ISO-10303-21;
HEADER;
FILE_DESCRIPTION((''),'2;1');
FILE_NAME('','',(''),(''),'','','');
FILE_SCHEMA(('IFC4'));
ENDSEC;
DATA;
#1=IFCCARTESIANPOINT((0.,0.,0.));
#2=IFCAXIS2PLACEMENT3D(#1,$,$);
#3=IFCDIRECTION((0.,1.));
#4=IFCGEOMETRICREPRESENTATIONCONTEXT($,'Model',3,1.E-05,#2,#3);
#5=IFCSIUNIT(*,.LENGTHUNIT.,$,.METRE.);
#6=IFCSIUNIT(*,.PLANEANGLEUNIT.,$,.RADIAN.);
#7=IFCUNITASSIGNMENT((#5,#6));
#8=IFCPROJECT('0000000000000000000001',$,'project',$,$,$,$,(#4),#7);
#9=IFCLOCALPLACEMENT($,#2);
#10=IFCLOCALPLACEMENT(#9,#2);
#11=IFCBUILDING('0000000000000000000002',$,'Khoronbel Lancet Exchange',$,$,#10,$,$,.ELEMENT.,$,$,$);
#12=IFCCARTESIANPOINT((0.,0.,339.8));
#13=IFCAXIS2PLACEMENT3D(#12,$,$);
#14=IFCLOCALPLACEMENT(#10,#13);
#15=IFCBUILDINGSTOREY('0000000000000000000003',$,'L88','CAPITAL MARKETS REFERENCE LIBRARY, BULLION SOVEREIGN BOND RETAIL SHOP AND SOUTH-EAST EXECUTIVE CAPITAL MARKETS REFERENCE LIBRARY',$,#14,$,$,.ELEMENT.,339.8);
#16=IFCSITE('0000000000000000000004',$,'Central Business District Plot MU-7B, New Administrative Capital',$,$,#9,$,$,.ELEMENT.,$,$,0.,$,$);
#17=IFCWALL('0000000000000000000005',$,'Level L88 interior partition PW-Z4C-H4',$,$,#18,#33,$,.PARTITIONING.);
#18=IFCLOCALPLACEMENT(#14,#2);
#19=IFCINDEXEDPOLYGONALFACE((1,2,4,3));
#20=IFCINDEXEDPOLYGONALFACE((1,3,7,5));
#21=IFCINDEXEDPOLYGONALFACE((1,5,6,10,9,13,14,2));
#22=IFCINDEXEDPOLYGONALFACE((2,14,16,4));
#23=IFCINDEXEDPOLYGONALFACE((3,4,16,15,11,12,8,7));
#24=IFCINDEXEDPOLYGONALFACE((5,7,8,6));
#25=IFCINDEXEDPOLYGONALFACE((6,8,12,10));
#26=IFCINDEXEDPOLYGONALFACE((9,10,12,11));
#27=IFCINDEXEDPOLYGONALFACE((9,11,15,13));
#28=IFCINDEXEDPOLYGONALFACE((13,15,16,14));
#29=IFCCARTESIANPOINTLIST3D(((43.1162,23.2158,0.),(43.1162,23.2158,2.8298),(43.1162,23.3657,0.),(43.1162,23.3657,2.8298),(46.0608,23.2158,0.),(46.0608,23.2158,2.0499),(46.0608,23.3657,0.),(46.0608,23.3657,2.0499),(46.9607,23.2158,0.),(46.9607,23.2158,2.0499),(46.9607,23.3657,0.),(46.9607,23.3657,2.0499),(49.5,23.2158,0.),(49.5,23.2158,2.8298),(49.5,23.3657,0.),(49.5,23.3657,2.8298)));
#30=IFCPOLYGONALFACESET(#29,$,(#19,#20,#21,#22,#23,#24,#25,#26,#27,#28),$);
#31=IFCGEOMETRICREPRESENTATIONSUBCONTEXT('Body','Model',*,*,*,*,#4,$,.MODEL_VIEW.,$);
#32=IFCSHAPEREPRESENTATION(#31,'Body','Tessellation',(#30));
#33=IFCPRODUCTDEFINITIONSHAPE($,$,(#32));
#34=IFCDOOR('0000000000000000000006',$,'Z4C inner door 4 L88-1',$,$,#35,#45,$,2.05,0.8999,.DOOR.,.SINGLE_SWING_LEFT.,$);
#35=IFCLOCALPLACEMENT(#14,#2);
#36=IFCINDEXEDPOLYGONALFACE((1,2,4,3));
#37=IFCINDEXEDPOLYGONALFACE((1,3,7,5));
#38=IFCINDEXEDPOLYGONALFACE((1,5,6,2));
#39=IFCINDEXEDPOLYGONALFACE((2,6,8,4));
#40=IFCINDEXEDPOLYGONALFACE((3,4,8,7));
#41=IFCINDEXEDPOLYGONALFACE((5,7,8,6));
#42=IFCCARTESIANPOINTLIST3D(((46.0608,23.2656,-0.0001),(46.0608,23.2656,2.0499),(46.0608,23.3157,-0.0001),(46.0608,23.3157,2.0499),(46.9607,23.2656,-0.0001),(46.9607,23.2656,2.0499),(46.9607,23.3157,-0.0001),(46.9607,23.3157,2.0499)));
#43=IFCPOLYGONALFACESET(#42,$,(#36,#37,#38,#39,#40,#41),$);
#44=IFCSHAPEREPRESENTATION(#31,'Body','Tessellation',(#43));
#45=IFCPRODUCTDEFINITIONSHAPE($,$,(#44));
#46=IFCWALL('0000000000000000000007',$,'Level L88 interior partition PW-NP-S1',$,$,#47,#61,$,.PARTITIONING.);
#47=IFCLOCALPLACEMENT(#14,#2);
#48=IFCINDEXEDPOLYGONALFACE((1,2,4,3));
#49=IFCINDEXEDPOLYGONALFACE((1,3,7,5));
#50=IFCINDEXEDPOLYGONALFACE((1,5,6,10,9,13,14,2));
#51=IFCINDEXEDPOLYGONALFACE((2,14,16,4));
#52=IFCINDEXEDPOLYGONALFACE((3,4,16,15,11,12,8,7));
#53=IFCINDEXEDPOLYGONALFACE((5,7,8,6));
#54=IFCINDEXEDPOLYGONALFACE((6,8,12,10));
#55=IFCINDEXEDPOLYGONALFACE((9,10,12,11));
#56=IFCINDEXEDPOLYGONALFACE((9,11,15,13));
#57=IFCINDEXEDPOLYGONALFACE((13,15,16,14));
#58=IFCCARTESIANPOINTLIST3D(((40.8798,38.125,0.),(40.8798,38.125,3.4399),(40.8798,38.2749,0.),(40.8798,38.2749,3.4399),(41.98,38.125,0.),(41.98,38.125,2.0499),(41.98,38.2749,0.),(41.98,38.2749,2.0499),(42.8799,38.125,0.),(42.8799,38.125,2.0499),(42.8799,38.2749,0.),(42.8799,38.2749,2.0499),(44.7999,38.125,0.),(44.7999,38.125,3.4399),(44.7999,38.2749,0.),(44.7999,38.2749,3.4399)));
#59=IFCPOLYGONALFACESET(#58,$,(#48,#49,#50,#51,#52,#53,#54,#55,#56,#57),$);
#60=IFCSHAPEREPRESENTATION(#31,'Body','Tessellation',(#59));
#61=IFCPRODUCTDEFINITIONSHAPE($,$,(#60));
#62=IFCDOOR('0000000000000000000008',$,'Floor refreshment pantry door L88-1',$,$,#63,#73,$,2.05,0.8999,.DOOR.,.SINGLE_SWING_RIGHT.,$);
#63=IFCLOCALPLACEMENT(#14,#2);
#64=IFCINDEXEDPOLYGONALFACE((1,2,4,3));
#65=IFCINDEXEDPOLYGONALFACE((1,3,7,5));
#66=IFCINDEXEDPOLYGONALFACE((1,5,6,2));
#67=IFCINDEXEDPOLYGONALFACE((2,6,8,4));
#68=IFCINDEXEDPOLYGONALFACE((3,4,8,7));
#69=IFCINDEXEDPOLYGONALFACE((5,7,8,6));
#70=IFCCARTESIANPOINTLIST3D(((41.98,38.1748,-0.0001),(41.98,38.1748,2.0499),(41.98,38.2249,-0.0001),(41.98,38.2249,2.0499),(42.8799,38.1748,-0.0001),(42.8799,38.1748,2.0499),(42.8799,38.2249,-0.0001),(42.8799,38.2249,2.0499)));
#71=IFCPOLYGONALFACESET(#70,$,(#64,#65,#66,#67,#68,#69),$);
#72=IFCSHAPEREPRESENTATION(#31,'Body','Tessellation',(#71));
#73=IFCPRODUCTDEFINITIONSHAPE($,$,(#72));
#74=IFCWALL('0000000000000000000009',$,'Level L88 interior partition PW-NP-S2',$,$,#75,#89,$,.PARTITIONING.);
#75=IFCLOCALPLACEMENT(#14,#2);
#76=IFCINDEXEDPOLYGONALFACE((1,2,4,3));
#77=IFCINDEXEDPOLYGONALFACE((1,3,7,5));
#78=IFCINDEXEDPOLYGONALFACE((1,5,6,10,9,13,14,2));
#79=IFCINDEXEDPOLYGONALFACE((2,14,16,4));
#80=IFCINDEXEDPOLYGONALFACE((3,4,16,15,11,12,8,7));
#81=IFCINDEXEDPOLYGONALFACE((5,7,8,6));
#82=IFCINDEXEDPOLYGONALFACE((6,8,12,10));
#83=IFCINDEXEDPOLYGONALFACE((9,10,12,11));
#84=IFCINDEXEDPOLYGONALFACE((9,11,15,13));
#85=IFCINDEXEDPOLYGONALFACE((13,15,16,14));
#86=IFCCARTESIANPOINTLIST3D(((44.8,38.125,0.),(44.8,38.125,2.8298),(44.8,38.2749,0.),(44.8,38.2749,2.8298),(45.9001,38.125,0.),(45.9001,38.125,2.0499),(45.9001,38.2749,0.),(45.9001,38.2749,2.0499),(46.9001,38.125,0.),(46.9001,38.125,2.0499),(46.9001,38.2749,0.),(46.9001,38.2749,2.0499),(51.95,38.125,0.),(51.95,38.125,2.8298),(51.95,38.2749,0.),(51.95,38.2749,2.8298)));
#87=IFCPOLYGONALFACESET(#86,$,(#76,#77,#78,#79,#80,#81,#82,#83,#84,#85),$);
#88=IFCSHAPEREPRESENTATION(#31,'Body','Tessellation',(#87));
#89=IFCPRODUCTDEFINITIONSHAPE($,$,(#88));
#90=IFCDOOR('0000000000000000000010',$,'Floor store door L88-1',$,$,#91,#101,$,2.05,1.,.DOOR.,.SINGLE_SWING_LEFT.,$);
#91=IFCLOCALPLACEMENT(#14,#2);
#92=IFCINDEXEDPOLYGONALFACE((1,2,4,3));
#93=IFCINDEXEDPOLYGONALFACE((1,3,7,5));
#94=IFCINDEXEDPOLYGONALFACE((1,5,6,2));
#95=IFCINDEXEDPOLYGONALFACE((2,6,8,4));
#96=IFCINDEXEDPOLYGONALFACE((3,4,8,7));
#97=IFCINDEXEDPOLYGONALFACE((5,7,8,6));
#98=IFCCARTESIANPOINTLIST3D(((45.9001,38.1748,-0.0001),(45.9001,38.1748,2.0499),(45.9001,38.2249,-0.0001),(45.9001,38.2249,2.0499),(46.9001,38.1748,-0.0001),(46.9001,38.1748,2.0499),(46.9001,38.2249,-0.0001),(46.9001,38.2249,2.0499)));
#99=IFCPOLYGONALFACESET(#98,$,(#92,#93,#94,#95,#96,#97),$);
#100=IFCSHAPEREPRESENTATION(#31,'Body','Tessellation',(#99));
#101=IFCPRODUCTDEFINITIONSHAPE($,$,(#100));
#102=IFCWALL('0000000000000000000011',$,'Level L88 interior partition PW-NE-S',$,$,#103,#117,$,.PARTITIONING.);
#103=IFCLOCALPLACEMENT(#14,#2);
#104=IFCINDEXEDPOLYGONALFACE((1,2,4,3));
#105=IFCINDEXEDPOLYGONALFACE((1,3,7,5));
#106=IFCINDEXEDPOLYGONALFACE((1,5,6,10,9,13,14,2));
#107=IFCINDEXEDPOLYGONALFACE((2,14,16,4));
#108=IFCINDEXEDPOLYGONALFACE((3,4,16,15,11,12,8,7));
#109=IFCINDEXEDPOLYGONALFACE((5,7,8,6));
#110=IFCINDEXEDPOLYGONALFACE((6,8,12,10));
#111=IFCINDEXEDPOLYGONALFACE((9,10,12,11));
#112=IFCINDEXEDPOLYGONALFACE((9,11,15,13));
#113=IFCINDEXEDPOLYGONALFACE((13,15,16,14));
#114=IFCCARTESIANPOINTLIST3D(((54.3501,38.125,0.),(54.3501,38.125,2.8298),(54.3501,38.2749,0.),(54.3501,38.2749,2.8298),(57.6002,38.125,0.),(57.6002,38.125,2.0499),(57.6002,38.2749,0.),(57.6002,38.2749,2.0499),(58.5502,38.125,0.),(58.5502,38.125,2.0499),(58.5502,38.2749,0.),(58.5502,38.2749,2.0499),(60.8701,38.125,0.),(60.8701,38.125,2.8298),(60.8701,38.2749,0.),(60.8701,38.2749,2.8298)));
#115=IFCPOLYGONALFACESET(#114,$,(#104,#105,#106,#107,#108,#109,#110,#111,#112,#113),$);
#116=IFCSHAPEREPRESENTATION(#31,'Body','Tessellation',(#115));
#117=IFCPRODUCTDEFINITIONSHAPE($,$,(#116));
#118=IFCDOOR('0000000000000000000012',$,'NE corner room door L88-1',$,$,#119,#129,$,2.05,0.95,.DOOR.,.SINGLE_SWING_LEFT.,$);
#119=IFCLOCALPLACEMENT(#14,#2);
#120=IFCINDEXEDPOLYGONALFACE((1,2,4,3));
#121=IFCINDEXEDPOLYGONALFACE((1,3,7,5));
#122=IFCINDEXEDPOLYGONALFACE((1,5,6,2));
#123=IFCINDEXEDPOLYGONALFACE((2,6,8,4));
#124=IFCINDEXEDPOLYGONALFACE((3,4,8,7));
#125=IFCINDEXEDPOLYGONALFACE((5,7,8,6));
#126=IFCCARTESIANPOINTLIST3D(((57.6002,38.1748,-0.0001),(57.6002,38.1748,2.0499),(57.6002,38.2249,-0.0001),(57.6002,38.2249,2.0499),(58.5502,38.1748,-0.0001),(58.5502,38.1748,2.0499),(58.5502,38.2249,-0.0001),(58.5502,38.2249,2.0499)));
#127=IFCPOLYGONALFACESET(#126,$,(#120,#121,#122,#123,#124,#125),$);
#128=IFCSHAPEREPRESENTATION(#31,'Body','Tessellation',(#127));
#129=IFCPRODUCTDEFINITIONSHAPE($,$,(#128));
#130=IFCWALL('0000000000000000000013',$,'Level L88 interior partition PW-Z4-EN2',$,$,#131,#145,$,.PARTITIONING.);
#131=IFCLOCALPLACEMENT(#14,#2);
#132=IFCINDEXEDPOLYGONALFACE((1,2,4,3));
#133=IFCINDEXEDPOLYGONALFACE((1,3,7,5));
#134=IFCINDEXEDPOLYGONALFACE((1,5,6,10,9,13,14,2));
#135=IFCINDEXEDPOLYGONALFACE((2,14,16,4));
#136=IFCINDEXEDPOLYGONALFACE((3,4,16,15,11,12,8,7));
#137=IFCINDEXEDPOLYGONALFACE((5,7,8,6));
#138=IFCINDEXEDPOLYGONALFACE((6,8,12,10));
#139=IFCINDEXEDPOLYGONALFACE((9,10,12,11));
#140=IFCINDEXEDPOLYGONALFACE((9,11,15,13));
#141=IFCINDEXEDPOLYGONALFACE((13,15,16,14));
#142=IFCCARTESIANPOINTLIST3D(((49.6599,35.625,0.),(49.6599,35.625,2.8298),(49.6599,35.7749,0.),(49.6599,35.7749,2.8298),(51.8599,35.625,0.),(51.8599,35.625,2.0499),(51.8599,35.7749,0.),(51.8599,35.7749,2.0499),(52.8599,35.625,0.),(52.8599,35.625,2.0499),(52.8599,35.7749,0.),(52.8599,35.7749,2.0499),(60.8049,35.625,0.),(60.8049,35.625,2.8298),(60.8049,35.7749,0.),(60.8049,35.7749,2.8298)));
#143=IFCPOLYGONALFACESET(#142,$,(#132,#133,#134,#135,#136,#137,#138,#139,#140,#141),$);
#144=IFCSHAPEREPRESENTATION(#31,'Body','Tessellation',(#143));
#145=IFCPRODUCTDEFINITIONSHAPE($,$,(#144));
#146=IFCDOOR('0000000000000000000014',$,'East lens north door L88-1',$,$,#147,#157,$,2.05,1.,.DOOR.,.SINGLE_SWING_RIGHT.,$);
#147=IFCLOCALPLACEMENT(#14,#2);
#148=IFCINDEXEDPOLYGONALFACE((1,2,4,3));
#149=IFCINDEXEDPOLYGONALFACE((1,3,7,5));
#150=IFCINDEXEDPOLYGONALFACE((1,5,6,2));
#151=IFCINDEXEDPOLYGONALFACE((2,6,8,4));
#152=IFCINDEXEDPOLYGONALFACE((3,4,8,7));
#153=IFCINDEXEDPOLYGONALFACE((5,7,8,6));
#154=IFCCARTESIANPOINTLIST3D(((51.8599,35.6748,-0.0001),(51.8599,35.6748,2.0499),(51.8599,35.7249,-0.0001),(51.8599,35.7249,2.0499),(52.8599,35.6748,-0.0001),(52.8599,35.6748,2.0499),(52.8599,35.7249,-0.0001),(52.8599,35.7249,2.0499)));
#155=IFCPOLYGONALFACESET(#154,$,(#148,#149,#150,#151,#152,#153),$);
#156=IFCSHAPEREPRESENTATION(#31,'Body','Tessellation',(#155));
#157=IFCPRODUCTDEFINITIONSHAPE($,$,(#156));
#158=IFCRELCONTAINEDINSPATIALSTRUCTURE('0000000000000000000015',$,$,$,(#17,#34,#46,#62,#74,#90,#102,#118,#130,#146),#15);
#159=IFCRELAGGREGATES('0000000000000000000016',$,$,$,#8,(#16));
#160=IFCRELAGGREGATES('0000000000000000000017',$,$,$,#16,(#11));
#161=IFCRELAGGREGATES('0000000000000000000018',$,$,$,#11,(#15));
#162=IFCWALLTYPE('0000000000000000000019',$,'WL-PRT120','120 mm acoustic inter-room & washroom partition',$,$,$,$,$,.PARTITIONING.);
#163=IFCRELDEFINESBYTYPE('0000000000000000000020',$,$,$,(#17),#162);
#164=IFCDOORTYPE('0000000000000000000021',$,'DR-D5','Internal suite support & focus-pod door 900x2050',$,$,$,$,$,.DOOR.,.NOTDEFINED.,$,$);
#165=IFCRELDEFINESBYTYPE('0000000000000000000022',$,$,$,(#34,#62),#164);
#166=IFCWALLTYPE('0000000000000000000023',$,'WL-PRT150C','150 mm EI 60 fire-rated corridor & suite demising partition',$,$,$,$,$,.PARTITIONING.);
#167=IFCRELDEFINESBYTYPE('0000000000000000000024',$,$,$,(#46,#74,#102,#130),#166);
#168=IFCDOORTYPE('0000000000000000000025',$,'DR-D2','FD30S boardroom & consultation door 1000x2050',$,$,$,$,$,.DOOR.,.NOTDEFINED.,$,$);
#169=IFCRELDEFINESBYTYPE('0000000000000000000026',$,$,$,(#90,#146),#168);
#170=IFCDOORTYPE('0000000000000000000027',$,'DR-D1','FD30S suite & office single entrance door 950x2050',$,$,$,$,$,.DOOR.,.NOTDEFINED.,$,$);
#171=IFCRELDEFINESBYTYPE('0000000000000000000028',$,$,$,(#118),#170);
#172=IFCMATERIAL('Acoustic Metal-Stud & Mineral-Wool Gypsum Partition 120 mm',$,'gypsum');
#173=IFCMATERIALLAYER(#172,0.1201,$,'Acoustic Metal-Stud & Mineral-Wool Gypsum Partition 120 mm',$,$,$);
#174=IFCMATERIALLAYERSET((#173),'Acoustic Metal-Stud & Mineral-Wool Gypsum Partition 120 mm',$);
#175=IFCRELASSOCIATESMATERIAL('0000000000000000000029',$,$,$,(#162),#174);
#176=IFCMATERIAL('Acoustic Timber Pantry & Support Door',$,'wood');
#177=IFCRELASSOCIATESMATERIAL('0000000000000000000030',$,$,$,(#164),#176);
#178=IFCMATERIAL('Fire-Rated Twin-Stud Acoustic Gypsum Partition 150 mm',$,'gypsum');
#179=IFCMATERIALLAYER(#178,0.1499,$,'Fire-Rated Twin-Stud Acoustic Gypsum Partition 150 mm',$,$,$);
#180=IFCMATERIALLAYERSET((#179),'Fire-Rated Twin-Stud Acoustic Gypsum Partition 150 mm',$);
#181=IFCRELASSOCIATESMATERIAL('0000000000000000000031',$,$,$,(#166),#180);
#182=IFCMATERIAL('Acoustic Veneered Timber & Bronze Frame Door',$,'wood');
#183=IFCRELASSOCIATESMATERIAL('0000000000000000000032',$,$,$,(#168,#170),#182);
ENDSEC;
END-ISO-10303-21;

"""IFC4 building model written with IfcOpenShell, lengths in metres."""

from ifc_helpers import new_model, si_unit, direction, frame, frame_2d, origin, place, context, subcontext, project, spatial, rectangle, extrude, material, layer, layer_set, type_object, element, fill, save


model = new_model("IFC4")

# Units and contexts
model_context = context("Model", 3, precision=1e-05, world=origin(), true_north=direction((0.0, 1.0)))
body_context = subcontext(model_context, "Body", "Model", "MODEL_VIEW")
ifc_project = project(units=[si_unit("LENGTHUNIT", "METRE"), si_unit("PLANEANGLEUNIT", "RADIAN")], contexts=[model_context])

# Site, building, storey
site_placement = place(None, origin())
site = spatial("IfcSite", under=ifc_project, at=site_placement, Name="Central Business District Plot MU-7B, New Administrative Capital", CompositionType="ELEMENT", RefElevation=0.0)
building_placement = place(site_placement, origin())
building = spatial("IfcBuilding", under=site, at=building_placement, Name="Khoronbel Lancet Exchange", CompositionType="ELEMENT")
storey_placement = place(building_placement, frame((0.0, 0.0, 339.8)))
storey = spatial("IfcBuildingStorey", under=building, at=storey_placement, Name="L88", Description="CAPITAL MARKETS REFERENCE LIBRARY, BULLION SOVEREIGN BOND RETAIL SHOP AND SOUTH-EAST EXECUTIVE CAPITAL MARKETS REFERENCE LIBRARY", CompositionType="ELEMENT", Elevation=339.8)

# Walls, openings, doors
ifc_material_1 = material(Name="Acoustic Metal-Stud & Mineral-Wool Gypsum Partition 120 mm", Category="gypsum")
ifc_layer_1 = layer(ifc_material_1, 0.1201, Name="Acoustic Metal-Stud & Mineral-Wool Gypsum Partition 120 mm")
ifc_layer_set_1 = layer_set([ifc_layer_1], Name="Acoustic Metal-Stud & Mineral-Wool Gypsum Partition 120 mm")
wall_type_1 = type_object("IfcWallType", Name="WL-PRT120", Description="120 mm acoustic inter-room & washroom partition", PredefinedType="PARTITIONING", material=ifc_layer_set_1)
ifc_material_2 = material(Name="Acoustic Timber Pantry & Support Door", Category="wood")
door_type_1 = type_object("IfcDoorType", Name="DR-D5", Description="Internal suite support & focus-pod door 900x2050", OperationType="NOTDEFINED", PredefinedType="DOOR", material=ifc_material_2)
wall_1_placement = place(storey_placement, frame((43.1162, 23.2908, 0.0), z_axis=(0.0, 0.0, 1.0), x_axis=(1.0, 0.0, 0.0)))
wall_1 = element("IfcWall", 1, at=wall_1_placement, inside=storey, type_object=wall_type_1, Name="Level L88 interior partition PW-Z4C-H4", PredefinedType="PARTITIONING", context=body_context, shape_type="SweptSolid", body=[
    extrude(rectangle(XDim=6.3838, YDim=0.1499, at=frame_2d((3.1919, 0.0))), origin(), (0.0, 0.0, 1.0), 2.8298),
])
opening_1_placement = place(wall_1_placement, frame((2.9446, 0.0, 0.0)))
opening_1 = element("IfcOpeningElement", 2, at=opening_1_placement, cuts=wall_1, PredefinedType="OPENING", context=body_context, shape_type="SweptSolid", body=[
    extrude(rectangle(XDim=0.8999, YDim=2.05, at=frame_2d((0.45, 1.0249))), frame((0.0, 0.085, 0.0), z_axis=(0.0, -1.0, 0.0), x_axis=(1.0, 0.0, 0.0)), (0.0, 0.0, 1.0), 0.1699),
])
door_1_placement = place(opening_1_placement, origin())
door_1 = element("IfcDoor", 3, at=door_1_placement, inside=storey, type_object=door_type_1, Name="Z4C inner door 4 L88-1", OperationType="SINGLE_SWING_LEFT", OverallHeight=2.05, OverallWidth=0.8999, PredefinedType="DOOR", context=body_context, shape_type="SweptSolid", body=[
    extrude(rectangle(XDim=0.8999, YDim=2.05, at=frame_2d((0.45, 1.0249))), frame((0.0, 0.0249, 0.0), z_axis=(0.0, -1.0, 0.0), x_axis=(1.0, 0.0, 0.0)), (0.0, 0.0, 1.0), 0.05),
])
fill(opening_1, door_1)
ifc_material_3 = material(Name="Fire-Rated Twin-Stud Acoustic Gypsum Partition 150 mm", Category="gypsum")
ifc_layer_2 = layer(ifc_material_3, 0.1499, Name="Fire-Rated Twin-Stud Acoustic Gypsum Partition 150 mm")
ifc_layer_set_2 = layer_set([ifc_layer_2], Name="Fire-Rated Twin-Stud Acoustic Gypsum Partition 150 mm")
wall_type_2 = type_object("IfcWallType", Name="WL-PRT150C", Description="150 mm EI 60 fire-rated corridor & suite demising partition", PredefinedType="PARTITIONING", material=ifc_layer_set_2)
wall_2_placement = place(storey_placement, frame((40.8799, 38.2, 0.0), z_axis=(0.0, 0.0, 1.0), x_axis=(1.0, 0.0, 0.0)))
wall_2 = element("IfcWall", 4, at=wall_2_placement, inside=storey, type_object=wall_type_2, Name="Level L88 interior partition PW-NP-S1", PredefinedType="PARTITIONING", context=body_context, shape_type="SweptSolid", body=[
    extrude(rectangle(XDim=3.9202, YDim=0.1499, at=frame_2d((1.96, 0.0))), origin(), (0.0, 0.0, 1.0), 3.4399),
])
opening_2_placement = place(wall_2_placement, frame((1.1001, 0.0, 0.0)))
opening_2 = element("IfcOpeningElement", 5, at=opening_2_placement, cuts=wall_2, PredefinedType="OPENING", context=body_context, shape_type="SweptSolid", body=[
    extrude(rectangle(XDim=0.8999, YDim=2.05, at=frame_2d((0.45, 1.0249))), frame((0.0, 0.085, 0.0), z_axis=(0.0, -1.0, 0.0), x_axis=(1.0, 0.0, 0.0)), (0.0, 0.0, 1.0), 0.1699),
])
door_2_placement = place(opening_2_placement, origin())
door_2 = element("IfcDoor", 6, at=door_2_placement, inside=storey, type_object=door_type_1, Name="Floor refreshment pantry door L88-1", OperationType="SINGLE_SWING_RIGHT", OverallHeight=2.05, OverallWidth=0.8999, PredefinedType="DOOR", context=body_context, shape_type="SweptSolid", body=[
    extrude(rectangle(XDim=0.8999, YDim=2.05, at=frame_2d((0.45, 1.0249))), frame((0.0, 0.0249, 0.0), z_axis=(0.0, -1.0, 0.0), x_axis=(1.0, 0.0, 0.0)), (0.0, 0.0, 1.0), 0.05),
])
fill(opening_2, door_2)
wall_3_placement = place(storey_placement, frame((44.8, 38.2, 0.0), z_axis=(0.0, 0.0, 1.0), x_axis=(1.0, 0.0, 0.0)))
wall_3 = element("IfcWall", 7, at=wall_3_placement, inside=storey, type_object=wall_type_2, Name="Level L88 interior partition PW-NP-S2", PredefinedType="PARTITIONING", context=body_context, shape_type="SweptSolid", body=[
    extrude(rectangle(XDim=7.1499, YDim=0.1499, at=frame_2d((3.575, 0.0))), origin(), (0.0, 0.0, 1.0), 2.8298),
])
opening_3_placement = place(wall_3_placement, frame((1.1001, 0.0, 0.0)))
opening_3 = element("IfcOpeningElement", 8, at=opening_3_placement, cuts=wall_3, PredefinedType="OPENING", context=body_context, shape_type="SweptSolid", body=[
    extrude(rectangle(XDim=1.0, YDim=2.05, at=frame_2d((0.5, 1.0249))), frame((0.0, 0.085, 0.0), z_axis=(0.0, -1.0, 0.0), x_axis=(1.0, 0.0, 0.0)), (0.0, 0.0, 1.0), 0.1699),
])
ifc_material_4 = material(Name="Acoustic Veneered Timber & Bronze Frame Door", Category="wood")
door_type_2 = type_object("IfcDoorType", Name="DR-D2", Description="FD30S boardroom & consultation door 1000x2050", OperationType="NOTDEFINED", PredefinedType="DOOR", material=ifc_material_4)
door_3_placement = place(opening_3_placement, origin())
door_3 = element("IfcDoor", 9, at=door_3_placement, inside=storey, type_object=door_type_2, Name="Floor store door L88-1", OperationType="SINGLE_SWING_LEFT", OverallHeight=2.05, OverallWidth=1.0, PredefinedType="DOOR", context=body_context, shape_type="SweptSolid", body=[
    extrude(rectangle(XDim=1.0, YDim=2.05, at=frame_2d((0.5, 1.0249))), frame((0.0, 0.0249, 0.0), z_axis=(0.0, -1.0, 0.0), x_axis=(1.0, 0.0, 0.0)), (0.0, 0.0, 1.0), 0.05),
])
fill(opening_3, door_3)
wall_4_placement = place(storey_placement, frame((54.3501, 38.2, 0.0), z_axis=(0.0, 0.0, 1.0), x_axis=(1.0, 0.0, 0.0)))
wall_4 = element("IfcWall", 10, at=wall_4_placement, inside=storey, type_object=wall_type_2, Name="Level L88 interior partition PW-NE-S", PredefinedType="PARTITIONING", context=body_context, shape_type="SweptSolid", body=[
    extrude(rectangle(XDim=6.52, YDim=0.1499, at=frame_2d((3.26, 0.0))), origin(), (0.0, 0.0, 1.0), 2.8298),
])
opening_4_placement = place(wall_4_placement, frame((3.25, 0.0, 0.0)))
opening_4 = element("IfcOpeningElement", 11, at=opening_4_placement, cuts=wall_4, PredefinedType="OPENING", context=body_context, shape_type="SweptSolid", body=[
    extrude(rectangle(XDim=0.95, YDim=2.05, at=frame_2d((0.4751, 1.0249))), frame((0.0, 0.085, 0.0), z_axis=(0.0, -1.0, 0.0), x_axis=(1.0, 0.0, 0.0)), (0.0, 0.0, 1.0), 0.1699),
])
door_type_3 = type_object("IfcDoorType", Name="DR-D1", Description="FD30S suite & office single entrance door 950x2050", OperationType="NOTDEFINED", PredefinedType="DOOR", material=ifc_material_4)
door_4_placement = place(opening_4_placement, origin())
door_4 = element("IfcDoor", 12, at=door_4_placement, inside=storey, type_object=door_type_3, Name="NE corner room door L88-1", OperationType="SINGLE_SWING_LEFT", OverallHeight=2.05, OverallWidth=0.95, PredefinedType="DOOR", context=body_context, shape_type="SweptSolid", body=[
    extrude(rectangle(XDim=0.95, YDim=2.05, at=frame_2d((0.4751, 1.0249))), frame((0.0, 0.0249, 0.0), z_axis=(0.0, -1.0, 0.0), x_axis=(1.0, 0.0, 0.0)), (0.0, 0.0, 1.0), 0.05),
])
fill(opening_4, door_4)
wall_5_placement = place(storey_placement, frame((49.6599, 35.7, 0.0), z_axis=(0.0, 0.0, 1.0), x_axis=(1.0, 0.0, 0.0)))
wall_5 = element("IfcWall", 13, at=wall_5_placement, inside=storey, type_object=wall_type_2, Name="Level L88 interior partition PW-Z4-EN2", PredefinedType="PARTITIONING", context=body_context, shape_type="SweptSolid", body=[
    extrude(rectangle(XDim=11.145, YDim=0.1499, at=frame_2d((5.5725, 0.0))), origin(), (0.0, 0.0, 1.0), 2.8298),
])
opening_5_placement = place(wall_5_placement, frame((2.2, 0.0, 0.0)))
opening_5 = element("IfcOpeningElement", 14, at=opening_5_placement, cuts=wall_5, PredefinedType="OPENING", context=body_context, shape_type="SweptSolid", body=[
    extrude(rectangle(XDim=1.0, YDim=2.05, at=frame_2d((0.5, 1.0249))), frame((0.0, 0.085, 0.0), z_axis=(0.0, -1.0, 0.0), x_axis=(1.0, 0.0, 0.0)), (0.0, 0.0, 1.0), 0.1699),
])
door_5_placement = place(opening_5_placement, origin())
door_5 = element("IfcDoor", 15, at=door_5_placement, inside=storey, type_object=door_type_2, Name="East lens north door L88-1", OperationType="SINGLE_SWING_RIGHT", OverallHeight=2.05, OverallWidth=1.0, PredefinedType="DOOR", context=body_context, shape_type="SweptSolid", body=[
    extrude(rectangle(XDim=1.0, YDim=2.05, at=frame_2d((0.5, 1.0249))), frame((0.0, 0.0249, 0.0), z_axis=(0.0, -1.0, 0.0), x_axis=(1.0, 0.0, 0.0)), (0.0, 0.0, 1.0), 0.05),
])
fill(opening_5, door_5)

save(model, "model.ifc")
